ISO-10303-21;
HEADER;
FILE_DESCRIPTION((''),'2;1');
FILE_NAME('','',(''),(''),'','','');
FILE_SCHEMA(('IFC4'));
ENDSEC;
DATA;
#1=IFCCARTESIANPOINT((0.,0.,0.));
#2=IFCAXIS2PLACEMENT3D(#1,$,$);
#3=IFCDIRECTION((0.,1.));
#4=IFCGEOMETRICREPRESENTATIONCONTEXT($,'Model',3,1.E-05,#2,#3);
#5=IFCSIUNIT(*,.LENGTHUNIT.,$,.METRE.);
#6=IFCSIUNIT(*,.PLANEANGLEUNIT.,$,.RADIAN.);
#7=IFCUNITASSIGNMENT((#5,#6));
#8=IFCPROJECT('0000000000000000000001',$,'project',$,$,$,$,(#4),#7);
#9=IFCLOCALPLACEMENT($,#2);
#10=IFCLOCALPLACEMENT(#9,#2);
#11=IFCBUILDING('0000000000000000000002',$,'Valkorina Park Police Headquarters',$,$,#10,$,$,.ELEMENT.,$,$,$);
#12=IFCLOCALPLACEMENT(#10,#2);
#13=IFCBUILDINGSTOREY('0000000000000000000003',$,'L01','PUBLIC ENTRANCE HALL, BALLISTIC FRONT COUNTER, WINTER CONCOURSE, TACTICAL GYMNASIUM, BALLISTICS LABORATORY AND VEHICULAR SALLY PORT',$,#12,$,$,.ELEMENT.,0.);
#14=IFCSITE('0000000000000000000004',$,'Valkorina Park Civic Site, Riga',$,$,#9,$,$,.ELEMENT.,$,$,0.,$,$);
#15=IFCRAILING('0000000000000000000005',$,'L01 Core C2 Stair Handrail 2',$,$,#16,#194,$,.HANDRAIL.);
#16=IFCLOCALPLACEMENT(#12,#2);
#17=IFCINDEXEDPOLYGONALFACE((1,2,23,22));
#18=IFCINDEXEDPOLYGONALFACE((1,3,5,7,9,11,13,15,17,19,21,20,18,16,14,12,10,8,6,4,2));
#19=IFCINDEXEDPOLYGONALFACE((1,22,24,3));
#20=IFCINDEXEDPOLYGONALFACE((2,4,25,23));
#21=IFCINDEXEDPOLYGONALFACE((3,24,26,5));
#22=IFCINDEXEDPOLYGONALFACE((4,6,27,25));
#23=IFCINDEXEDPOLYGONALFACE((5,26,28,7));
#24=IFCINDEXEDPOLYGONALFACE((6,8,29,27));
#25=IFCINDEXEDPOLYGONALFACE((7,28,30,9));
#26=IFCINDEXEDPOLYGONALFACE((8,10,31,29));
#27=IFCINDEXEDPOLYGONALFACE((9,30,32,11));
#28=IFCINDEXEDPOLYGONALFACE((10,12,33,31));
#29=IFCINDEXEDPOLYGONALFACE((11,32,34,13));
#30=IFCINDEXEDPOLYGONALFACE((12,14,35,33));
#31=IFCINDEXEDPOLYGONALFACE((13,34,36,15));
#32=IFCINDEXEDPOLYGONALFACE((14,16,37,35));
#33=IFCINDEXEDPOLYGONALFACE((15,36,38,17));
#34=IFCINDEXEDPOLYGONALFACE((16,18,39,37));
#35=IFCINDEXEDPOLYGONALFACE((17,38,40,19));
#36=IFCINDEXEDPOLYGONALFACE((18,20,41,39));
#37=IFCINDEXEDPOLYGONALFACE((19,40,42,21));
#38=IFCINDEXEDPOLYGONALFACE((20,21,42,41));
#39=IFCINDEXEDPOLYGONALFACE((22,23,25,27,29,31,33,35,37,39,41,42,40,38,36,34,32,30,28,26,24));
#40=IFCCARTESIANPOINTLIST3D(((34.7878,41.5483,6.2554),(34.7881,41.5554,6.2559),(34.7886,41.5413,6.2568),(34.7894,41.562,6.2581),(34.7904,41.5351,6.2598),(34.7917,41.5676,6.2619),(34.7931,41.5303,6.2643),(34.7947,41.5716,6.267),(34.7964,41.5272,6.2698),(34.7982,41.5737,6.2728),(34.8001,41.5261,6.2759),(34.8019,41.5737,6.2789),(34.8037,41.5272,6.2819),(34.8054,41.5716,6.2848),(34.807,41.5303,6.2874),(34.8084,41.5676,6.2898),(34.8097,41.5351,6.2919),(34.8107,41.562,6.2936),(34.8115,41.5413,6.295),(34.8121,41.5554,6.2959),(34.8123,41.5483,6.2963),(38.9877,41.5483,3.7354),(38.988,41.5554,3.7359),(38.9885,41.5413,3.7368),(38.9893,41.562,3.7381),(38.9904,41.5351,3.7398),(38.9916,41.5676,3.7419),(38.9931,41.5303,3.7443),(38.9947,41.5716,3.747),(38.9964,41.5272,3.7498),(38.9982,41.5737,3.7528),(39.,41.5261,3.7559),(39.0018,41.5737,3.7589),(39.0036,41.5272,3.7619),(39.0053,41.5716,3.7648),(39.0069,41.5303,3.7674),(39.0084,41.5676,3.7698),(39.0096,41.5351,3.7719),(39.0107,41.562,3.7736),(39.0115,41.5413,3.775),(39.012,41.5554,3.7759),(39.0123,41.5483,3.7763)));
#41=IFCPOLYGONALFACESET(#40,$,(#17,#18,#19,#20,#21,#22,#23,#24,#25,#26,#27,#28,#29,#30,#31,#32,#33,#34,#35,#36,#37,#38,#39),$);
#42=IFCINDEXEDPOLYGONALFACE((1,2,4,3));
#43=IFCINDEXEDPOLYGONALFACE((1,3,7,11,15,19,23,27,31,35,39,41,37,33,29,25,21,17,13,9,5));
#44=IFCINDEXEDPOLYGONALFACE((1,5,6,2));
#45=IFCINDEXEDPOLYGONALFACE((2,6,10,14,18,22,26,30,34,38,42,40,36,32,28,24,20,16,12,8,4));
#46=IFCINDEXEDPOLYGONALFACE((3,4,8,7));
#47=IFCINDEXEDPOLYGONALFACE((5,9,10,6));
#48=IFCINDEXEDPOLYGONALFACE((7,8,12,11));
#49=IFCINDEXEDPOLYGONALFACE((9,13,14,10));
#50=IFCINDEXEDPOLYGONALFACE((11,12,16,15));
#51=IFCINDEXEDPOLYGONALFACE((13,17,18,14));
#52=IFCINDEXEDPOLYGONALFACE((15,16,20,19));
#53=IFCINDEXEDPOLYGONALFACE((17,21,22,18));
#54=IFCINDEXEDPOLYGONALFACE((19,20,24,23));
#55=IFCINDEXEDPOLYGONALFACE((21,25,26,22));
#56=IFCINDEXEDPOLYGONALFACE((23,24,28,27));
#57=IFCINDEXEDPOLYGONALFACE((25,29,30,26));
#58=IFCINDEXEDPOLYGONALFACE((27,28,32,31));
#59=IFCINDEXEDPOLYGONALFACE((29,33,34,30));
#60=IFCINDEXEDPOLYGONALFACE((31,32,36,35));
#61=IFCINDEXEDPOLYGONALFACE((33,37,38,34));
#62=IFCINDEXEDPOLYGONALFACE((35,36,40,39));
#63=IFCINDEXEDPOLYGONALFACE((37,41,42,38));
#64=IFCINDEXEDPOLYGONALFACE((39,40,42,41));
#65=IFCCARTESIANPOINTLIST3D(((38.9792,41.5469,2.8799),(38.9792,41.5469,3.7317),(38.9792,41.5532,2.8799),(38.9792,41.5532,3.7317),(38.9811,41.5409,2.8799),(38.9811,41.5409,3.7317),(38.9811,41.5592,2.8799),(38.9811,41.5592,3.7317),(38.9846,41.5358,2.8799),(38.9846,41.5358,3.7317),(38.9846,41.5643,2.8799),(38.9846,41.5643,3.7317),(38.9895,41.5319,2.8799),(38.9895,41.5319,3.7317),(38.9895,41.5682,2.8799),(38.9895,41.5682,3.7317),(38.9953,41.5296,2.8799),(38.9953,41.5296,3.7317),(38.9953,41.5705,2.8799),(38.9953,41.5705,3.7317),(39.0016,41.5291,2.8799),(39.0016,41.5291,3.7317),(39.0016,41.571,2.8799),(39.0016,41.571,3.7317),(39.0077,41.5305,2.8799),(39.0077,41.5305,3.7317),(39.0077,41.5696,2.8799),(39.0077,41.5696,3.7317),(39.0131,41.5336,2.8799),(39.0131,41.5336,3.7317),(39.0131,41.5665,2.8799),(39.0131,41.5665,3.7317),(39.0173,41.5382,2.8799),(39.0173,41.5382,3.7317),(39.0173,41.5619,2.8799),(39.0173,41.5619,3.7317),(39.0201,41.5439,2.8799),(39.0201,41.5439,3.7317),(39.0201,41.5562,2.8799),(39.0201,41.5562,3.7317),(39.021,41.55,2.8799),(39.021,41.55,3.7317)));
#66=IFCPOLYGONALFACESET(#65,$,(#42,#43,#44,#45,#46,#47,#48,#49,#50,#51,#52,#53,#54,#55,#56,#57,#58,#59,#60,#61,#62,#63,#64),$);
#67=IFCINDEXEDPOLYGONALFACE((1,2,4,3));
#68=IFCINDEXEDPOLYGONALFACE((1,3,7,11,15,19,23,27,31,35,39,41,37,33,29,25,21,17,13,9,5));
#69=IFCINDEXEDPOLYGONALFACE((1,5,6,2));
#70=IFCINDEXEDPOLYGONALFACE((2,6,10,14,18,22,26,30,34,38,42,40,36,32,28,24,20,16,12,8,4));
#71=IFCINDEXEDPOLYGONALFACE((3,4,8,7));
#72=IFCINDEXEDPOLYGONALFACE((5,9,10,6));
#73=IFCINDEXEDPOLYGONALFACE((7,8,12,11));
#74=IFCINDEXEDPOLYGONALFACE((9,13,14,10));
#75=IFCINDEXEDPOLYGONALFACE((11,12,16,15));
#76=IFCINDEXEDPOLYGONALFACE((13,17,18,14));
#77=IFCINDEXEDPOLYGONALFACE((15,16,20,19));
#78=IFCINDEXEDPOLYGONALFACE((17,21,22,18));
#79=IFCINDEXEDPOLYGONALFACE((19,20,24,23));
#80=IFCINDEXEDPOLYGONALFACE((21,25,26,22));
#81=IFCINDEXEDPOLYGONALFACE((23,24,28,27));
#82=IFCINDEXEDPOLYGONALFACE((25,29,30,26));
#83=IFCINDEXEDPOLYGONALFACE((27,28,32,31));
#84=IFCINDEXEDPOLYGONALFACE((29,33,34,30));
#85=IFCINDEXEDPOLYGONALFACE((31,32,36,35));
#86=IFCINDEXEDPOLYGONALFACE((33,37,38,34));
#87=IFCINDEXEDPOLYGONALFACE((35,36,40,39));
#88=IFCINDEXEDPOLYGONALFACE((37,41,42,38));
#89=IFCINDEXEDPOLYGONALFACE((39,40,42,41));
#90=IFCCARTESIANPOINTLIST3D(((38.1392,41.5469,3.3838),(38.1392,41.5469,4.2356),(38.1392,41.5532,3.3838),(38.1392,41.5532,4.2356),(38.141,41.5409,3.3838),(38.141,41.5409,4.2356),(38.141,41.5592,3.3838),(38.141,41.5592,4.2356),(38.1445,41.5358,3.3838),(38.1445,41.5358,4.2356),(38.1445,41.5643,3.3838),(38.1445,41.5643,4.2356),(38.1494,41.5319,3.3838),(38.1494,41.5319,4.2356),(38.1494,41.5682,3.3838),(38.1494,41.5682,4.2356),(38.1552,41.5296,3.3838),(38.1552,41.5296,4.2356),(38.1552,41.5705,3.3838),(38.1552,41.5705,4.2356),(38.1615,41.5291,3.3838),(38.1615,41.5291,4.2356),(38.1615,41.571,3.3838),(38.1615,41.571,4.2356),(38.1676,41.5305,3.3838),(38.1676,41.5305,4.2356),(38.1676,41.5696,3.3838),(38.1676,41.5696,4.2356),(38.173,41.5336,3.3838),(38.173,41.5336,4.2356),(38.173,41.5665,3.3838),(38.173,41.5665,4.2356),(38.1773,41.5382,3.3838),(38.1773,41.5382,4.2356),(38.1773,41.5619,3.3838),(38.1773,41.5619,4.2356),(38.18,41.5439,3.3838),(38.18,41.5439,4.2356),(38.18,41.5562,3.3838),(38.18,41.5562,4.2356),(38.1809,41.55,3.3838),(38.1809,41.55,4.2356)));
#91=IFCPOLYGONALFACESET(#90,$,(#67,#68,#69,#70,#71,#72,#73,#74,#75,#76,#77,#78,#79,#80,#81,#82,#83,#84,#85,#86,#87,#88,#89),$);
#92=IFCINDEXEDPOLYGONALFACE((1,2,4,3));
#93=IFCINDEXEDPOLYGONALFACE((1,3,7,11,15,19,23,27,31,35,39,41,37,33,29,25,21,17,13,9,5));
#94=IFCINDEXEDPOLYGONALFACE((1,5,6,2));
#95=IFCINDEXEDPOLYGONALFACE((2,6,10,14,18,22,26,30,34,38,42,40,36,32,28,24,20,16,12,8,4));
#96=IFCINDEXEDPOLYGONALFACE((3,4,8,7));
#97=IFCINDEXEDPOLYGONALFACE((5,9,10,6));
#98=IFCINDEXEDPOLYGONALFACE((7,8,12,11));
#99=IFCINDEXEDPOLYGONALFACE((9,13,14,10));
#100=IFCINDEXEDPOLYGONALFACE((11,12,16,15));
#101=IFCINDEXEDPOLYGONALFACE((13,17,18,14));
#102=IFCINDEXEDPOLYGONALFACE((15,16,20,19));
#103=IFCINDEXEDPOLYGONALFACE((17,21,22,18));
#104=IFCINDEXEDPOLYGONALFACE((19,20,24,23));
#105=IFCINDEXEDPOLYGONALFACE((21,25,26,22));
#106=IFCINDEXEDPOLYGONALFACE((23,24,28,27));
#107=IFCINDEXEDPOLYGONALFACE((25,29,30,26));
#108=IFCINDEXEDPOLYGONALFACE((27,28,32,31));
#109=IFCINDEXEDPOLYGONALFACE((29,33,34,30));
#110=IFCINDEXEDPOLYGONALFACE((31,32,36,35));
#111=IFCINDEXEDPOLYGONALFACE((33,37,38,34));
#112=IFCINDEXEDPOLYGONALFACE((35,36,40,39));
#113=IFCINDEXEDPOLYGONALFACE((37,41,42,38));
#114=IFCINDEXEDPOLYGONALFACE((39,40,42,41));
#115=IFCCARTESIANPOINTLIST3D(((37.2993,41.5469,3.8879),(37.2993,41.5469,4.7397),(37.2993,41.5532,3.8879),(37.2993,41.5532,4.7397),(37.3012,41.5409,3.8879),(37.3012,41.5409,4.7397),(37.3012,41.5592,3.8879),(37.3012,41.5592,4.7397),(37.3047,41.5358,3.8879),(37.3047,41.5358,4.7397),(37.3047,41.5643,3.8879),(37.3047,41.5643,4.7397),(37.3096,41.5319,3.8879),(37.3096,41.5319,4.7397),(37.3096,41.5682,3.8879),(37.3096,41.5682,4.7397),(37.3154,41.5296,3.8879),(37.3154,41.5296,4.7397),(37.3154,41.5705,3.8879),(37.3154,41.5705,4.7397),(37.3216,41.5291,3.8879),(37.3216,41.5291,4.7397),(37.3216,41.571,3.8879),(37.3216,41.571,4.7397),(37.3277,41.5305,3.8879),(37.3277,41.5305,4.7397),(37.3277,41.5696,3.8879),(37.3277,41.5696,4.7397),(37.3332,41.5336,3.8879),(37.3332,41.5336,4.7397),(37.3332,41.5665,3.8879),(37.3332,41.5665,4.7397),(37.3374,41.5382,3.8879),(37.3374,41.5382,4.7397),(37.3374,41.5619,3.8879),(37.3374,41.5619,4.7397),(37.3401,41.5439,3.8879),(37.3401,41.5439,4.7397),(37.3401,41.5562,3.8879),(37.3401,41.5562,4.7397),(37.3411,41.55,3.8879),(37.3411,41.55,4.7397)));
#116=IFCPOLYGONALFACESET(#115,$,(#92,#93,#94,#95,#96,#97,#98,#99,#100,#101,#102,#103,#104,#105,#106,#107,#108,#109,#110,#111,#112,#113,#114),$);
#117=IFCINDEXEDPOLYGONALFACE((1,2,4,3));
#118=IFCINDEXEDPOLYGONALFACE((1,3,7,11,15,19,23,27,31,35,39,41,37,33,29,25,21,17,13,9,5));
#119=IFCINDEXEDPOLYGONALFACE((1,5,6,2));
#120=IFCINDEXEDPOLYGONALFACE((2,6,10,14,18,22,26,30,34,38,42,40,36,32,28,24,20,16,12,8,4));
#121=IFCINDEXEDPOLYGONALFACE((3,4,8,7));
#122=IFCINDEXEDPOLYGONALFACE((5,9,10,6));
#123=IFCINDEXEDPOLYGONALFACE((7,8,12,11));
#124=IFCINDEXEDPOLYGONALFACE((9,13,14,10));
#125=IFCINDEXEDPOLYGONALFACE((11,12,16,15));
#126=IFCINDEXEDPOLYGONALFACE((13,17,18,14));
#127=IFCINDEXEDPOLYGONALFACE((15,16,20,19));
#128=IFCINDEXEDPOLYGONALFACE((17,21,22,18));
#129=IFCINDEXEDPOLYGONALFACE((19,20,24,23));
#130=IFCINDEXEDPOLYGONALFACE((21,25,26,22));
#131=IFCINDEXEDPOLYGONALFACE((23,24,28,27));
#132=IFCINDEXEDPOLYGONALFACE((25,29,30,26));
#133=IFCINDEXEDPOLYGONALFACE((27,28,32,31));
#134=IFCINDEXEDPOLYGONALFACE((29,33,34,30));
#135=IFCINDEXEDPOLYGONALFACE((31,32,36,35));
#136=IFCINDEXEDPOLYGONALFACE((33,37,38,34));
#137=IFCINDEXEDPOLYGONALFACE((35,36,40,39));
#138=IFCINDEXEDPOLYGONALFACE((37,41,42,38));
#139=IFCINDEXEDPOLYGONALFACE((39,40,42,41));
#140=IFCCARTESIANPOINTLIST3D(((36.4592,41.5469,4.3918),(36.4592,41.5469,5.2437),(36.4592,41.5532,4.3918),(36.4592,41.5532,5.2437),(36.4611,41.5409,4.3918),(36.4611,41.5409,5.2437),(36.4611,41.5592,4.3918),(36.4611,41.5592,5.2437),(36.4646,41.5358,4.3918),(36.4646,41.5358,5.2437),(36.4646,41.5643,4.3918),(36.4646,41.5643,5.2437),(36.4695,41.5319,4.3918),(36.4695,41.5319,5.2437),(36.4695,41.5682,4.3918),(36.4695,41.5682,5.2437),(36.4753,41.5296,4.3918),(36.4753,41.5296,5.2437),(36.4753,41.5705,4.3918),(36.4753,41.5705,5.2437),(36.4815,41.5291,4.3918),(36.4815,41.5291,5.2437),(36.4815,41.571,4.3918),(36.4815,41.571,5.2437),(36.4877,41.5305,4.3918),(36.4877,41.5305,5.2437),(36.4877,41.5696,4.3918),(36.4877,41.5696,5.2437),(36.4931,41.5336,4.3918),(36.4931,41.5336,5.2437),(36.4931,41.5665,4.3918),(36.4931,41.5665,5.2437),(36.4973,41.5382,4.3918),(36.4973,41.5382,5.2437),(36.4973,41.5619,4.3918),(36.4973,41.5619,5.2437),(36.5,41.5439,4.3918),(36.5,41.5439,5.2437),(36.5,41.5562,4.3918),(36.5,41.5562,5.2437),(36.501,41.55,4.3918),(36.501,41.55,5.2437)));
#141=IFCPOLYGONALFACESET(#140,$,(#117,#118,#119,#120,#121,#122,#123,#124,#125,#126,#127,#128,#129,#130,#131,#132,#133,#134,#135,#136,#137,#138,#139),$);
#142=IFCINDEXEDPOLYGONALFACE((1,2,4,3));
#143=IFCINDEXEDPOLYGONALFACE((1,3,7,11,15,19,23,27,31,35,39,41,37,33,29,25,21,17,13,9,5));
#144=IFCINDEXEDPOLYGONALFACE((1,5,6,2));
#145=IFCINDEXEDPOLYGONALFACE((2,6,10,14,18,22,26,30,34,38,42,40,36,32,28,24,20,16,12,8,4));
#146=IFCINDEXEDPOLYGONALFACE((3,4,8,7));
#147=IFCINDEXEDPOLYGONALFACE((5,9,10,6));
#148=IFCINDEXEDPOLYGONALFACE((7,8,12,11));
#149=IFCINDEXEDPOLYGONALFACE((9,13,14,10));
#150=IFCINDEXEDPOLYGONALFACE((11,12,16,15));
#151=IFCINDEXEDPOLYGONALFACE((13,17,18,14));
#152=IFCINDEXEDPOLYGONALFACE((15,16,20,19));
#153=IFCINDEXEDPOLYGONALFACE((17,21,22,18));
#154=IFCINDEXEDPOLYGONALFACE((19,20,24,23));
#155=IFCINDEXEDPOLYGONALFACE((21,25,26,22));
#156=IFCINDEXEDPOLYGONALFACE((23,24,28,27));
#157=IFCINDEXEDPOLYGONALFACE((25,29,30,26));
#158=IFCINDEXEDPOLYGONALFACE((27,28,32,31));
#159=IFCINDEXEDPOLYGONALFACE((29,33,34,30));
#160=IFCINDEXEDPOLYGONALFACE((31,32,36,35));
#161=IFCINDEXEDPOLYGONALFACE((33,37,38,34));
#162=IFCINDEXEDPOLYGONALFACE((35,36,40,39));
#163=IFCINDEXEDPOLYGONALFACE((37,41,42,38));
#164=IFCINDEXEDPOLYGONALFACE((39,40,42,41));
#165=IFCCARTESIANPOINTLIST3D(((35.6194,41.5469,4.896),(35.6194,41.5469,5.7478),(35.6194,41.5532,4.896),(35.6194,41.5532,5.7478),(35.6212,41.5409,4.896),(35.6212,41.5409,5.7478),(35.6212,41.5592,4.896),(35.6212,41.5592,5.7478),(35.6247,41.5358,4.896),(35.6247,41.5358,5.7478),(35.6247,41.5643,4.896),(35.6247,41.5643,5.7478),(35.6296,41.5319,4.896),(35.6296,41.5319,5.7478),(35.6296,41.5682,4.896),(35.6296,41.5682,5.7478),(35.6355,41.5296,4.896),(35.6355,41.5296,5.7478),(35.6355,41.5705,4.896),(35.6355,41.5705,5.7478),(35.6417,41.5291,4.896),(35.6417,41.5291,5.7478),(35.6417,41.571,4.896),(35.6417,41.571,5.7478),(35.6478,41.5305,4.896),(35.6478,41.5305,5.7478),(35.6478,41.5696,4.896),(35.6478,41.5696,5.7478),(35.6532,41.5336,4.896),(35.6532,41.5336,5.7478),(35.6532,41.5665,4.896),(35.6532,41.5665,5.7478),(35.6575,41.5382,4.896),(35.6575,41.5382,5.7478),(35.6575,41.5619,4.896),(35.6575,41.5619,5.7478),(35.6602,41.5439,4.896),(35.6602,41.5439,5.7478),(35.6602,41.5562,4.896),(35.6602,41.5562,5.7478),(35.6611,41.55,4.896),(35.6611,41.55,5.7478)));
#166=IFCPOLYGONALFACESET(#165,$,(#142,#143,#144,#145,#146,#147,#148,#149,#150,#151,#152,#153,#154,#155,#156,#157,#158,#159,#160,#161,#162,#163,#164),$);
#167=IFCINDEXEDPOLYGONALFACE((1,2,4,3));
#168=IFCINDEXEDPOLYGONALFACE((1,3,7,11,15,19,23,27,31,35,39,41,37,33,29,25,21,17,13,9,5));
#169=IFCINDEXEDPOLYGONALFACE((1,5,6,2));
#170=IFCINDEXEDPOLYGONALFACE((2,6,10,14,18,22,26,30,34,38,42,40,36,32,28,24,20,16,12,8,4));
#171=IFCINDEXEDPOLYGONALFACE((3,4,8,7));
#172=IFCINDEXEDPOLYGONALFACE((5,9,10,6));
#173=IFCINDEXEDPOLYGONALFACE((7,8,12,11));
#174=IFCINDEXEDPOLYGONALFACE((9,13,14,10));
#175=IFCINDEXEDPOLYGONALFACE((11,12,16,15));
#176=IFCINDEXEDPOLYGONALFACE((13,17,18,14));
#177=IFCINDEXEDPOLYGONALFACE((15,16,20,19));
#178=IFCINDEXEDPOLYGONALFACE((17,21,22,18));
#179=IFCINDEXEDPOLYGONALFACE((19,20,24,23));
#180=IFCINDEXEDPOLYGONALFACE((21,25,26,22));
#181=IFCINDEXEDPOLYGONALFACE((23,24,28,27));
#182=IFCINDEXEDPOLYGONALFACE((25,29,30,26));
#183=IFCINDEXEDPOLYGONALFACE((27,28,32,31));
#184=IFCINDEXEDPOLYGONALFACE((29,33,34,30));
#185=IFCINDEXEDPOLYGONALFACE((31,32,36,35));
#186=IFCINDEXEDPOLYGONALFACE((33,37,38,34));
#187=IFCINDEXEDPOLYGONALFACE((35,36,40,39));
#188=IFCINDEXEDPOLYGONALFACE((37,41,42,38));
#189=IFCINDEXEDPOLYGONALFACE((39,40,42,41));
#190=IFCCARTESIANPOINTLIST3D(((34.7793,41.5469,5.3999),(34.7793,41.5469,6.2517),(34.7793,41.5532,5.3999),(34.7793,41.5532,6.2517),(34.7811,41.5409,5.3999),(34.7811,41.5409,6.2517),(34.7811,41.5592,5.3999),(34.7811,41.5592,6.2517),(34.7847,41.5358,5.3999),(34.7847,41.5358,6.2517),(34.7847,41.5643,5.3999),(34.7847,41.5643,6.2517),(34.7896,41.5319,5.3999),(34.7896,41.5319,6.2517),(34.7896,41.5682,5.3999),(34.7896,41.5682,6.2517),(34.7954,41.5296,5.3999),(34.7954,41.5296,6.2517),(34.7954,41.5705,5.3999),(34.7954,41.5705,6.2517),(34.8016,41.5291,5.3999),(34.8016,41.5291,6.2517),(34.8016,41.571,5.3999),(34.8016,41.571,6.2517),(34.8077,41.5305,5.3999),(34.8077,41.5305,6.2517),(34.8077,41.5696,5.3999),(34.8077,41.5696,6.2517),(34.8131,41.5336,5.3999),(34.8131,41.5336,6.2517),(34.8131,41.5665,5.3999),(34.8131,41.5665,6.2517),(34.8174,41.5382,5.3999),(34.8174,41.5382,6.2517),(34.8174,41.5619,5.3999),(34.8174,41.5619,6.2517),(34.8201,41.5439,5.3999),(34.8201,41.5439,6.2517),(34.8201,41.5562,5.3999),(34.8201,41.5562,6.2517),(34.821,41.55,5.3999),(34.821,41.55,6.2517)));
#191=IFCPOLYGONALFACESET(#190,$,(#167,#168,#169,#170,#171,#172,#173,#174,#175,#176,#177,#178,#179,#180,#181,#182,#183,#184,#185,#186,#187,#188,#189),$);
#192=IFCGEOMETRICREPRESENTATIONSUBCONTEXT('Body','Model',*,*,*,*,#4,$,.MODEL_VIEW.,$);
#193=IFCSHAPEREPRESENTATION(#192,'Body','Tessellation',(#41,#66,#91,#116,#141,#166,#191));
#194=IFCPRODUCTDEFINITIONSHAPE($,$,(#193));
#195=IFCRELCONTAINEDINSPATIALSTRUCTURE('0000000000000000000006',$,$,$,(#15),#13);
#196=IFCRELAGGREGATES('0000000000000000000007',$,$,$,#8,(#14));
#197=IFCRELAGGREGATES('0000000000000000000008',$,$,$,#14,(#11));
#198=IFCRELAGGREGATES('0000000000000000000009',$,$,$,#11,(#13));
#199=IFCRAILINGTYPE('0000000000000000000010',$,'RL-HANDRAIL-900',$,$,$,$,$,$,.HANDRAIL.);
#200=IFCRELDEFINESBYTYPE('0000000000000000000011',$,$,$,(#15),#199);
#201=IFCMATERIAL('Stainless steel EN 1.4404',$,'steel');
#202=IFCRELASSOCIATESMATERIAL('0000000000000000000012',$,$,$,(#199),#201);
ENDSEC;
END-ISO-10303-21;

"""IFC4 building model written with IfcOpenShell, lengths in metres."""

from ifc_helpers import new_model, si_unit, direction, frame, origin, origin_2d, place, context, subcontext, project, spatial, circle, extrude, material, type_object, element, save


model = new_model("IFC4")

# Units and contexts
model_context = context("Model", 3, precision=1e-05, world=origin(), true_north=direction((0.0, 1.0)))
body_context = subcontext(model_context, "Body", "Model", "MODEL_VIEW")
ifc_project = project(units=[si_unit("LENGTHUNIT", "METRE"), si_unit("PLANEANGLEUNIT", "RADIAN")], contexts=[model_context])

# Site, building, storey
site_placement = place(None, origin())
site = spatial("IfcSite", under=ifc_project, at=site_placement, Name="Valkorina Park Civic Site, Riga", CompositionType="ELEMENT", RefElevation=0.0)
building_placement = place(site_placement, origin())
building = spatial("IfcBuilding", under=site, at=building_placement, Name="Valkorina Park Police Headquarters", CompositionType="ELEMENT")
storey_placement = place(building_placement, origin())
storey = spatial("IfcBuildingStorey", under=building, at=storey_placement, Name="L01", Description="PUBLIC ENTRANCE HALL, BALLISTIC FRONT COUNTER, WINTER CONCOURSE, TACTICAL GYMNASIUM, BALLISTICS LABORATORY AND VEHICULAR SALLY PORT", CompositionType="ELEMENT", Elevation=0.0)

# Shared definitions
ifc_material_1 = material(Name="Stainless steel EN 1.4404", Category="steel")

# Railing
railing_type_1 = type_object("IfcRailingType", Name="RL-HANDRAIL-900", PredefinedType="HANDRAIL", material=ifc_material_1)
railing_1_placement = place(storey_placement, frame((39.0, 41.55, 2.8799)))
element("IfcRailing", 1, at=railing_1_placement, inside=storey, type_object=railing_type_1, Name="L01 Core C2 Stair Handrail 2", PredefinedType="HANDRAIL", context=body_context, shape_type="SweptSolid", body=[
    extrude(circle(Radius=0.0239, at=origin_2d()), frame((0.0, 0.0, 0.876), z_axis=(-0.857489, 0.0, 0.514503), x_axis=(0.0, -1.0, 0.0)), (0.0, 0.0, 1.0), 4.8979),
    extrude(circle(Radius=0.021, at=origin_2d()), origin(), (0.0, 0.0, 1.0), 0.8518),
    extrude(circle(Radius=0.021, at=origin_2d()), frame((-0.8401, 0.0, 0.5039)), (0.0, 0.0, 1.0), 0.8518),
    extrude(circle(Radius=0.021, at=origin_2d()), frame((-1.6799, 0.0, 1.0081)), (0.0, 0.0, 1.0), 0.8518),
    extrude(circle(Radius=0.021, at=origin_2d()), frame((-2.52, 0.0, 1.512)), (0.0, 0.0, 1.0), 0.8518),
    extrude(circle(Radius=0.021, at=origin_2d()), frame((-3.3599, 0.0, 2.0161)), (0.0, 0.0, 1.0), 0.8518),
    extrude(circle(Radius=0.021, at=origin_2d()), frame((-4.2, 0.0, 2.52)), (0.0, 0.0, 1.0), 0.8518),
])

save(model, "model.ifc")
